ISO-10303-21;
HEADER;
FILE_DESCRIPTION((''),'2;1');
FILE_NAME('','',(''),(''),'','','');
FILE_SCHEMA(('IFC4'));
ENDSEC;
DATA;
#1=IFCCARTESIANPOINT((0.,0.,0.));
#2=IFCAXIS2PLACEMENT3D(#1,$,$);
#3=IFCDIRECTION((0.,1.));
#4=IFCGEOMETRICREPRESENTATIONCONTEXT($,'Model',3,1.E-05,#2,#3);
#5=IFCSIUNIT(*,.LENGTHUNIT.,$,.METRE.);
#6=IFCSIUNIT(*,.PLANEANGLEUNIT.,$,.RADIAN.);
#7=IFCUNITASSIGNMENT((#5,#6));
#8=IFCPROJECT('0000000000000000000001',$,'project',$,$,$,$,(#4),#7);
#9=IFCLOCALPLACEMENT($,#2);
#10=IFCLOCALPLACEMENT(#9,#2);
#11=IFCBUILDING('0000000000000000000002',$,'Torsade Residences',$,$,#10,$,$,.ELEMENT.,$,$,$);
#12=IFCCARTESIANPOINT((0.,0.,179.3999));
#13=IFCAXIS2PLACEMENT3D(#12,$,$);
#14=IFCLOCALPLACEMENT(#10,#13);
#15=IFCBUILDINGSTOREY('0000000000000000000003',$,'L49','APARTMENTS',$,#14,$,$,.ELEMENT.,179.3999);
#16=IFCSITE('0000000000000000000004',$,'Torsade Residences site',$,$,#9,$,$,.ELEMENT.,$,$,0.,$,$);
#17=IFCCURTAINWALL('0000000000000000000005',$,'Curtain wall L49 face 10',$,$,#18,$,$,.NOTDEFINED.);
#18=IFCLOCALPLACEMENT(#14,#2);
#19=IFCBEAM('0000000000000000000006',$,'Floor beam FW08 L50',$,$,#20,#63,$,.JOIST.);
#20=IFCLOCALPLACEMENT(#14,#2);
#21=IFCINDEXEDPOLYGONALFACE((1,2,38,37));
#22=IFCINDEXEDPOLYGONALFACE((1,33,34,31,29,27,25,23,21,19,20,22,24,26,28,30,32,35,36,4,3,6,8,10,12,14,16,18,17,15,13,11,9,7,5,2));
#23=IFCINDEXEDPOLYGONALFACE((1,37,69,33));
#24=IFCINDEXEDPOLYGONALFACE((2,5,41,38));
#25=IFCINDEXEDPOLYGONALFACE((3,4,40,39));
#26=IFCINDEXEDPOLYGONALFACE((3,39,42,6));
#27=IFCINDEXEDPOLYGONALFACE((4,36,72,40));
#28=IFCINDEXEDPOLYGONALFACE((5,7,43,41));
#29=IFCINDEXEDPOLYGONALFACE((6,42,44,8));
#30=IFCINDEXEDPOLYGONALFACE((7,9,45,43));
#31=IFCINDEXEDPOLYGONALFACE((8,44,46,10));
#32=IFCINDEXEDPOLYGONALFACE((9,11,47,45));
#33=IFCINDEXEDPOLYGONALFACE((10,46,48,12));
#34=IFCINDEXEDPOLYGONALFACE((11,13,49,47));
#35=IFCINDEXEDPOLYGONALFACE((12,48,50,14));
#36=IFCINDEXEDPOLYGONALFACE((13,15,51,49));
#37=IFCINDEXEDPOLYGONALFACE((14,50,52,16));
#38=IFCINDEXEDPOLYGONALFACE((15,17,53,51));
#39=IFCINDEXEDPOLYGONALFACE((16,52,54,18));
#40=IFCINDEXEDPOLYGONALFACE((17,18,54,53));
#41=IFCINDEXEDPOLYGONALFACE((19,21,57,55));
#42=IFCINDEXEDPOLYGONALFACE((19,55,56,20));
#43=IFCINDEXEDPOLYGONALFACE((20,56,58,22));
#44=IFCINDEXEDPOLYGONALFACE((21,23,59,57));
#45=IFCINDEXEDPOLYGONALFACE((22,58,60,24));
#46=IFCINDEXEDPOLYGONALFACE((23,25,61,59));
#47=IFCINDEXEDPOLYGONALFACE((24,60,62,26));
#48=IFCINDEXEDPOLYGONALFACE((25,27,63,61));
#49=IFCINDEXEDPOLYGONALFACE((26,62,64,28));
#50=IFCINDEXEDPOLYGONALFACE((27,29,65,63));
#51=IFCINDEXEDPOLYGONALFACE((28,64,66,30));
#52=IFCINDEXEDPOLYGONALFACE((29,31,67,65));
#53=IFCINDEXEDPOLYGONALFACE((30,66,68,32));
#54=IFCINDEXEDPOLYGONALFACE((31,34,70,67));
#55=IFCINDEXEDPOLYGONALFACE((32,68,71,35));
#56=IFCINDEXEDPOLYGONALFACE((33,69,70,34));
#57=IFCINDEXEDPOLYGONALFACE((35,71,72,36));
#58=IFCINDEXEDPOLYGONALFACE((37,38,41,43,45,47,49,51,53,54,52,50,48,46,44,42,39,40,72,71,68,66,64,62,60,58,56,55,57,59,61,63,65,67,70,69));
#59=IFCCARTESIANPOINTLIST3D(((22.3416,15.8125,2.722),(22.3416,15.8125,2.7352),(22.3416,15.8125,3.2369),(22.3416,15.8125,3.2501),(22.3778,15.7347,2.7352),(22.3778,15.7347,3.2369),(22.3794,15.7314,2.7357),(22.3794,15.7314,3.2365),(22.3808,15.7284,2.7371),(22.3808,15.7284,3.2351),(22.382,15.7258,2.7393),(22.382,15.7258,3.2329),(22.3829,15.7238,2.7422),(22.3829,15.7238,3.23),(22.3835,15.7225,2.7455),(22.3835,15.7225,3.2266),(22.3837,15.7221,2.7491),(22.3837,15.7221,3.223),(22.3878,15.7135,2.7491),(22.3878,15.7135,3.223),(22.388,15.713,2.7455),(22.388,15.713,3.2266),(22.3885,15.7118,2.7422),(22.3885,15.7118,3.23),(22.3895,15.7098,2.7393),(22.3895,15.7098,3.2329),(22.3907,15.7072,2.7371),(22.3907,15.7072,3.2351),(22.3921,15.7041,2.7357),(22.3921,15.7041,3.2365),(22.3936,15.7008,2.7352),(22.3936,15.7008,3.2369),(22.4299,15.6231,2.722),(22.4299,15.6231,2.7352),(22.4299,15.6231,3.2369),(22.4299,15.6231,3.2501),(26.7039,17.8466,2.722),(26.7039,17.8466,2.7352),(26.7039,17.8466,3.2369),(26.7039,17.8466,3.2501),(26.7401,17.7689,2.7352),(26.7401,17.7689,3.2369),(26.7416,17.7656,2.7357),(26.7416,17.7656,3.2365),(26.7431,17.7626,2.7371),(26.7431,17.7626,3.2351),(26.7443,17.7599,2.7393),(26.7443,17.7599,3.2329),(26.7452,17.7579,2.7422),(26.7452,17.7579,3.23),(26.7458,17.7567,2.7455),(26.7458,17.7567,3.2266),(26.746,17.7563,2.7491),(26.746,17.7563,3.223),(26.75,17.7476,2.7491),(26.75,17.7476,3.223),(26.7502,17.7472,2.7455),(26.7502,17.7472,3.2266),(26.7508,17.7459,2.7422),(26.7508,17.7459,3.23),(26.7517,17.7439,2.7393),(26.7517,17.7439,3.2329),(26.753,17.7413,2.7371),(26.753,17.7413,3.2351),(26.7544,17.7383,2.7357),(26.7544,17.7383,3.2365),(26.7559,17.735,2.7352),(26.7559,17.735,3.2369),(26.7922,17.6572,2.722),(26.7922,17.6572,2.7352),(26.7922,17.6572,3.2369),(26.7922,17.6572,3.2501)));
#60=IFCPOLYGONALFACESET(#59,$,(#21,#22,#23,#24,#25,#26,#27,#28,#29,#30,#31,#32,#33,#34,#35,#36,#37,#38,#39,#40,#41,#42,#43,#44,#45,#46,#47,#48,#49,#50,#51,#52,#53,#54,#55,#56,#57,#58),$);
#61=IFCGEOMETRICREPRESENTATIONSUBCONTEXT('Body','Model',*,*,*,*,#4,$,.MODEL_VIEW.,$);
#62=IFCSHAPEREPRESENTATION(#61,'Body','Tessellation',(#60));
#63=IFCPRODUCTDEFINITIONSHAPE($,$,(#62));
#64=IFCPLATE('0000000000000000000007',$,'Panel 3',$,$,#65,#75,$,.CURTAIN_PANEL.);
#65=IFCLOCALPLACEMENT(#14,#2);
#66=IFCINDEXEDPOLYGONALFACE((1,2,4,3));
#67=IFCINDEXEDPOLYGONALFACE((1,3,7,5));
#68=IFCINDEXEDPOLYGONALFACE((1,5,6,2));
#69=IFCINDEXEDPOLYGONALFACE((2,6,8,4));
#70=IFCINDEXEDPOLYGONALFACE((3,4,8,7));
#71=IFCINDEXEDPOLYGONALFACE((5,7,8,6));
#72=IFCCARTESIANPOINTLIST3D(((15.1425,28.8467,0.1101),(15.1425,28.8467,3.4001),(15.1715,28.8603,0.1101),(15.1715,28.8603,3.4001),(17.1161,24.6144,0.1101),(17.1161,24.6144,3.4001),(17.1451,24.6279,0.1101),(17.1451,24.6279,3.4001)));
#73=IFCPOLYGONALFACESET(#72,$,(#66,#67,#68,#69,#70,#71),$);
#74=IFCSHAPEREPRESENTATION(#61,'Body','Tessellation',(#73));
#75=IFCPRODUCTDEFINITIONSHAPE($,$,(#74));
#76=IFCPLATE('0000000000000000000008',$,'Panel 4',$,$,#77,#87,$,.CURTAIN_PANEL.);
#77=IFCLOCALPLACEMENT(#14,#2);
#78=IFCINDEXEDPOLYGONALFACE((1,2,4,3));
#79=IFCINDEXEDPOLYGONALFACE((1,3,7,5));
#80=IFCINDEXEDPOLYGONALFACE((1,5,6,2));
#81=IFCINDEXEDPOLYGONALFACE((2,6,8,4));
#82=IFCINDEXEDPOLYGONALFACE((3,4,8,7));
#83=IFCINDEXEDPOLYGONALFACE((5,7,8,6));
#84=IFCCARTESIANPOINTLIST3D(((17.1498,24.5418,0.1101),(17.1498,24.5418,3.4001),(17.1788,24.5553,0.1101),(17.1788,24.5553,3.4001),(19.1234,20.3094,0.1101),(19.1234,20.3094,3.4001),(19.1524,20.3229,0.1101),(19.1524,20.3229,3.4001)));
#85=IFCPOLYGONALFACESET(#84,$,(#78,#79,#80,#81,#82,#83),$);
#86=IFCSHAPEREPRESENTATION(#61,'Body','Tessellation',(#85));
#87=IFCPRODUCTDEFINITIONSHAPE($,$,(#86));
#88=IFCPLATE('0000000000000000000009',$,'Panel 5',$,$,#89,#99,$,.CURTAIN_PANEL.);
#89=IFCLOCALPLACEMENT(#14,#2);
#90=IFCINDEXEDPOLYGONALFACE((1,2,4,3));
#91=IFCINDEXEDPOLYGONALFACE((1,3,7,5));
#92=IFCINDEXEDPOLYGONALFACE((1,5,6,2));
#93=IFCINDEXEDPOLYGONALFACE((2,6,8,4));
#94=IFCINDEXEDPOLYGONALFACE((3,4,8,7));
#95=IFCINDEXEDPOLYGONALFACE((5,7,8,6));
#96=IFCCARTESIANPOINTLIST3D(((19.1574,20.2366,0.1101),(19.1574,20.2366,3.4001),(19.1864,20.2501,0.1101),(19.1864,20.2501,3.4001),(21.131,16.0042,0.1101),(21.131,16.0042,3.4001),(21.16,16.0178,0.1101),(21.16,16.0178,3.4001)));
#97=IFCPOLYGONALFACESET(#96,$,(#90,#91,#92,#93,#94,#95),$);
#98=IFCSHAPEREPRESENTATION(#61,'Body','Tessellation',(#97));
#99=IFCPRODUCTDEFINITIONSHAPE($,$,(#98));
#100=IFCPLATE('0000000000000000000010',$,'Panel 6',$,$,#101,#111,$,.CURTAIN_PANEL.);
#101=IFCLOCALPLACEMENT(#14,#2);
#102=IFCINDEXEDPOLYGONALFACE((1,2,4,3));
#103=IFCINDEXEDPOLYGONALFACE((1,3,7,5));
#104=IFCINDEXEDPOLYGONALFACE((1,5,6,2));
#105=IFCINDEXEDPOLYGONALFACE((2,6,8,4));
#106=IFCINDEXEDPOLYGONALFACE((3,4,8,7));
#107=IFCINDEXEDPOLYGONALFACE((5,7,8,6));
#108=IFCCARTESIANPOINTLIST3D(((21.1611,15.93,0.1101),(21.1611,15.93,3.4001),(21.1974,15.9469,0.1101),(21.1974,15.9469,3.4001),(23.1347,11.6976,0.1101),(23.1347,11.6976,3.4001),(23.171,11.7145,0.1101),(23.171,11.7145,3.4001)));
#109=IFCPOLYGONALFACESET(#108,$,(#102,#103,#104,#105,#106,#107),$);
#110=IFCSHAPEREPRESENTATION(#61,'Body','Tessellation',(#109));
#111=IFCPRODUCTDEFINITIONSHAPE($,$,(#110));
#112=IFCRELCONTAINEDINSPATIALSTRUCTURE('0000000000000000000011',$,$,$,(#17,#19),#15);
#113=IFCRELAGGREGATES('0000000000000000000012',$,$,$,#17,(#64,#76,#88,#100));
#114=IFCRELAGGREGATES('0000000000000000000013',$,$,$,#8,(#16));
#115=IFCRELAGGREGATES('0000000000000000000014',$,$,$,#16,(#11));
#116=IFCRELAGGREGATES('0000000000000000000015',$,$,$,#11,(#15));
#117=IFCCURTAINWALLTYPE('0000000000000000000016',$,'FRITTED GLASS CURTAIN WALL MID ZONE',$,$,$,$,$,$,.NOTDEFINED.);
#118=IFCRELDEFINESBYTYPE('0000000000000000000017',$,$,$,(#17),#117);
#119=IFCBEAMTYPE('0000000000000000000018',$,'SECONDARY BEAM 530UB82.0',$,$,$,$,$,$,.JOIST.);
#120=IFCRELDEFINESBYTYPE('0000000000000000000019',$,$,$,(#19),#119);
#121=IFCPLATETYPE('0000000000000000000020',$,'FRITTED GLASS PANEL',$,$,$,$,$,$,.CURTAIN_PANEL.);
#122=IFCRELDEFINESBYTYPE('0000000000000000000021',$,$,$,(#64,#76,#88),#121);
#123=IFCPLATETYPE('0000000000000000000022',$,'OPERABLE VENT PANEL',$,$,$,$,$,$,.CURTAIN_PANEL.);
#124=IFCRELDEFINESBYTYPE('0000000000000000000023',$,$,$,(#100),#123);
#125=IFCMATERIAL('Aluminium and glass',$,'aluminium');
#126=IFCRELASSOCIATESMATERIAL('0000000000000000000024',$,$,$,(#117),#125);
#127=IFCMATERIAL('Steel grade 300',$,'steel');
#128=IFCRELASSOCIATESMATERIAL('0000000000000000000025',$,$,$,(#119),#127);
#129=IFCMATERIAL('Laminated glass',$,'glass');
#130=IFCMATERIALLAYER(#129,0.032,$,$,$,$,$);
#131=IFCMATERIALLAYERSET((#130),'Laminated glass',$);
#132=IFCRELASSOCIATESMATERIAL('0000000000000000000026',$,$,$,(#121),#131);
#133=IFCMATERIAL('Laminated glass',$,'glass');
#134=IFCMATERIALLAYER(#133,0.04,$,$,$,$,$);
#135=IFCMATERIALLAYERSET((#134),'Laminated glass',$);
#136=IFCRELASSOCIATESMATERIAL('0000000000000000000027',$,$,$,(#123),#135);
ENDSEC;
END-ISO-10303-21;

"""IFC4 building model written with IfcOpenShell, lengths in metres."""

from ifc_helpers import new_model, si_unit, direction, frame, origin, origin_2d, place, context, subcontext, project, spatial, rectangle, i_section, extrude, material, layer, layer_set, material_profile, profile_set, type_object, element, aggregate, save


model = new_model("IFC4")

# Units and contexts
model_context = context("Model", 3, precision=1e-05, world=origin(), true_north=direction((0.0, 1.0)))
body_context = subcontext(model_context, "Body", "Model", "MODEL_VIEW")
ifc_project = project(units=[si_unit("LENGTHUNIT", "METRE"), si_unit("PLANEANGLEUNIT", "RADIAN")], contexts=[model_context])

# Site, building, storey
site_placement = place(None, origin())
site = spatial("IfcSite", under=ifc_project, at=site_placement, Name="Torsade Residences site", CompositionType="ELEMENT", RefElevation=0.0)
building_placement = place(site_placement, origin())
building = spatial("IfcBuilding", under=site, at=building_placement, Name="Torsade Residences", CompositionType="ELEMENT")
storey_placement = place(building_placement, frame((0.0, 0.0, 179.3999)))
storey = spatial("IfcBuildingStorey", under=building, at=storey_placement, Name="L49", Description="APARTMENTS", CompositionType="ELEMENT", Elevation=179.3999)

# Curtain wall
ifc_material_1 = material(Name="Aluminium and glass", Category="aluminium")
curtain_wall_type = type_object("IfcCurtainWallType", Name="FRITTED GLASS CURTAIN WALL MID ZONE", PredefinedType="NOTDEFINED", material=ifc_material_1)
curtain_wall_placement = place(storey_placement, origin())
curtain_wall = element("IfcCurtainWall", 1, at=curtain_wall_placement, inside=storey, type_object=curtain_wall_type, Name="Curtain wall L49 face 10", PredefinedType="NOTDEFINED")

# Beam
ifc_material_2 = material(Name="Steel grade 300", Category="steel")
ifc_material_profile_1 = material_profile(ifc_material_2, i_section(OverallWidth=0.209, OverallDepth=0.5281, WebThickness=0.0095, FlangeThickness=0.0132, FilletRadius=0.0139, at=origin_2d()), Name="530UB82.0")
ifc_profile_set_1 = profile_set([ifc_material_profile_1], Name="Steel grade 300")
beam_type_1 = type_object("IfcBeamType", Name="SECONDARY BEAM 530UB82.0", PredefinedType="JOIST", material=ifc_profile_set_1)
beam_1_placement = place(storey_placement, frame((22.3857, 15.7178, 2.9861), z_axis=(0.906308, 0.422619, 0.0), x_axis=(-0.422619, 0.906308, 0.0)))
element("IfcBeam", 2, at=beam_1_placement, inside=storey, type_object=beam_type_1, Name="Floor beam FW08 L50", PredefinedType="JOIST", context=body_context, shape_type="SweptSolid", body=[
    extrude(i_section(OverallWidth=0.209, OverallDepth=0.5281, WebThickness=0.0095, FlangeThickness=0.0132, FilletRadius=0.0139, at=origin_2d()), origin(), (0.0, 0.0, 1.0), 4.8132),
])

# Plates
ifc_material_3 = material(Name="Laminated glass", Category="glass")
ifc_layer_1 = layer(ifc_material_3, 0.032)
ifc_layer_set_1 = layer_set([ifc_layer_1], Name="Laminated glass")
plate_type_1 = type_object("IfcPlateType", Name="FRITTED GLASS PANEL", PredefinedType="CURTAIN_PANEL", material=ifc_layer_set_1)
plate_1_placement = place(storey_placement, frame((16.1438, 26.7373, 0.1101), z_axis=(0.0, 0.0, 1.0), x_axis=(0.422618, -0.906308, 0.0)))
plate_1 = element("IfcPlate", 3, at=plate_1_placement, type_object=plate_type_1, Name="Panel 3", PredefinedType="CURTAIN_PANEL", context=body_context, shape_type="SweptSolid", body=[
    extrude(rectangle(XDim=4.6699, YDim=0.032, at=origin_2d()), origin(), (0.0, 0.0, 1.0), 3.29),
])
plate_2_placement = place(storey_placement, frame((18.1511, 22.4324, 0.1101), z_axis=(0.0, 0.0, 1.0), x_axis=(0.422618, -0.906308, 0.0)))
plate_2 = element("IfcPlate", 4, at=plate_2_placement, type_object=plate_type_1, Name="Panel 4", PredefinedType="CURTAIN_PANEL", context=body_context, shape_type="SweptSolid", body=[
    extrude(rectangle(XDim=4.6699, YDim=0.032, at=origin_2d()), origin(), (0.0, 0.0, 1.0), 3.29),
])
plate_3_placement = place(storey_placement, frame((20.1587, 18.1272, 0.1101), z_axis=(0.0, 0.0, 1.0), x_axis=(0.422618, -0.906308, 0.0)))
plate_3 = element("IfcPlate", 5, at=plate_3_placement, type_object=plate_type_1, Name="Panel 5", PredefinedType="CURTAIN_PANEL", context=body_context, shape_type="SweptSolid", body=[
    extrude(rectangle(XDim=4.6699, YDim=0.032, at=origin_2d()), origin(), (0.0, 0.0, 1.0), 3.29),
])
ifc_material_4 = material(Name="Laminated glass", Category="glass")
ifc_layer_2 = layer(ifc_material_4, 0.04)
ifc_layer_set_2 = layer_set([ifc_layer_2], Name="Laminated glass")
plate_type_2 = type_object("IfcPlateType", Name="OPERABLE VENT PANEL", PredefinedType="CURTAIN_PANEL", material=ifc_layer_set_2)
plate_4_placement = place(storey_placement, frame((22.166, 13.8223, 0.1101), z_axis=(0.0, 0.0, 1.0), x_axis=(0.422618, -0.906308, 0.0)))
plate_4 = element("IfcPlate", 6, at=plate_4_placement, type_object=plate_type_2, Name="Panel 6", PredefinedType="CURTAIN_PANEL", context=body_context, shape_type="SweptSolid", body=[
    extrude(rectangle(XDim=4.6699, YDim=0.04, at=origin_2d()), origin(), (0.0, 0.0, 1.0), 3.29),
])
aggregate(curtain_wall, [plate_1, plate_2, plate_3, plate_4])

save(model, "model.ifc")
